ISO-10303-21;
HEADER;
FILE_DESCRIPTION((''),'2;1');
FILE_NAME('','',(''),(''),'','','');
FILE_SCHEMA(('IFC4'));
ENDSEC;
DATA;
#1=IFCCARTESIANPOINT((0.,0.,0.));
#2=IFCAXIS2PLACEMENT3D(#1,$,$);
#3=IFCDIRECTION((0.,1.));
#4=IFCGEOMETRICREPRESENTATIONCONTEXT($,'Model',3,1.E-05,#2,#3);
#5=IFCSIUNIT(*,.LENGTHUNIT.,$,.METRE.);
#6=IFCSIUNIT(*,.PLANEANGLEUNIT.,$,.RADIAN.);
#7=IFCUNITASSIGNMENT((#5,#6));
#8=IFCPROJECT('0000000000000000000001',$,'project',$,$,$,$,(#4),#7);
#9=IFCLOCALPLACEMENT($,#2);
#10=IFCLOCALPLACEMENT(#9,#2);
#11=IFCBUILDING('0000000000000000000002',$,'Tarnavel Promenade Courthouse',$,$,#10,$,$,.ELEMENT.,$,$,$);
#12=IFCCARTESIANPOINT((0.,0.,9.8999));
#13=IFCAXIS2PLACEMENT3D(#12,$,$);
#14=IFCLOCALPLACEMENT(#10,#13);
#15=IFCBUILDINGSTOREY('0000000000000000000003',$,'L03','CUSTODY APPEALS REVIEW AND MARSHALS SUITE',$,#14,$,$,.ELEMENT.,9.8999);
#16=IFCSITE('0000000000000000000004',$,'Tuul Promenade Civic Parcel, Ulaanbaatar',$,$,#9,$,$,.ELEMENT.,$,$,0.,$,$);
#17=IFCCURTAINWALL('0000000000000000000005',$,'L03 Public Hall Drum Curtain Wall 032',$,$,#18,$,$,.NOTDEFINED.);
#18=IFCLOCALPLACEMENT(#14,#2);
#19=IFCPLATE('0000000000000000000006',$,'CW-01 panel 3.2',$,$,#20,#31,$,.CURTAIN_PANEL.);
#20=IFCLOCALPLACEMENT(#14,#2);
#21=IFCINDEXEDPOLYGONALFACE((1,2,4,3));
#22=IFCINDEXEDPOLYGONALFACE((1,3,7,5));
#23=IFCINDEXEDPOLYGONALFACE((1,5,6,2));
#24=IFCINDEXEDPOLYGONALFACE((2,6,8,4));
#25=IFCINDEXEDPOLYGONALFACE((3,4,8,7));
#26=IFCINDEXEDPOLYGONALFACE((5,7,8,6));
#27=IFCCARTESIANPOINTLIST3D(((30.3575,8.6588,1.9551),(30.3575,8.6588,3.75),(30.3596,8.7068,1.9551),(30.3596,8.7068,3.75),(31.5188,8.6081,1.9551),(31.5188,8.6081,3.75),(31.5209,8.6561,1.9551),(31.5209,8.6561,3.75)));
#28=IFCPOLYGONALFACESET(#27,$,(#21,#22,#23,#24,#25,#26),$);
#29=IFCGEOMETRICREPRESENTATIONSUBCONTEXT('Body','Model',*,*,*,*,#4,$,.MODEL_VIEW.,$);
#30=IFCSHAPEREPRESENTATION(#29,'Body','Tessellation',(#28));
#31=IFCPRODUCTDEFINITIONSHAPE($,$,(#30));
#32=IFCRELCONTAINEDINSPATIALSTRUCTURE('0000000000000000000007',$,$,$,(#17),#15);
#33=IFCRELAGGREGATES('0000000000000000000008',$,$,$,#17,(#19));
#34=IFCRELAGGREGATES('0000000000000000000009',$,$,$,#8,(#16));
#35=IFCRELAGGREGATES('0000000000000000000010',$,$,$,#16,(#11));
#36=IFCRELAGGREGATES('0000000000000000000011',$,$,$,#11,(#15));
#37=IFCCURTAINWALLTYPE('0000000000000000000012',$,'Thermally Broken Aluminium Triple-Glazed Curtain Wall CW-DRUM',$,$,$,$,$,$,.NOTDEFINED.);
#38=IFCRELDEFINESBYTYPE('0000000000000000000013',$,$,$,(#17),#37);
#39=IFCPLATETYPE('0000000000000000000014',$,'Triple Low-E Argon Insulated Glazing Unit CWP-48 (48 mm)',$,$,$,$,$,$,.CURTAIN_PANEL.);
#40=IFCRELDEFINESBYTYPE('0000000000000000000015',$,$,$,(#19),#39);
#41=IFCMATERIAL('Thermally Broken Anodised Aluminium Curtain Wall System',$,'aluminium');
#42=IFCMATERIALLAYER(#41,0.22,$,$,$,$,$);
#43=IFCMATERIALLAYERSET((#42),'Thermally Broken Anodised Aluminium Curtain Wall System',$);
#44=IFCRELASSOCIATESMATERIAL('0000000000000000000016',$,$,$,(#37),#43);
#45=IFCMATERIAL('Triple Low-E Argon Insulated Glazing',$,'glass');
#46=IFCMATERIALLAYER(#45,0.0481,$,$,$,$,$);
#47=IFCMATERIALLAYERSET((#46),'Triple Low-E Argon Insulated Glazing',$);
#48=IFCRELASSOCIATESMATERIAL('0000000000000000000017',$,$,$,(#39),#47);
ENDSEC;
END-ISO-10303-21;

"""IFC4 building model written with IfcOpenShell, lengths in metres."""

from ifc_helpers import new_model, si_unit, direction, frame, origin, origin_2d, place, context, subcontext, project, spatial, rectangle, extrude, material, layer, layer_set, type_object, element, aggregate, save


model = new_model("IFC4")

# Units and contexts
model_context = context("Model", 3, precision=1e-05, world=origin(), true_north=direction((0.0, 1.0)))
body_context = subcontext(model_context, "Body", "Model", "MODEL_VIEW")
ifc_project = project(units=[si_unit("LENGTHUNIT", "METRE"), si_unit("PLANEANGLEUNIT", "RADIAN")], contexts=[model_context])

# Site, building, storey
site_placement = place(None, origin())
site = spatial("IfcSite", under=ifc_project, at=site_placement, Name="Tuul Promenade Civic Parcel, Ulaanbaatar", CompositionType="ELEMENT", RefElevation=0.0)
building_placement = place(site_placement, origin())
building = spatial("IfcBuilding", under=site, at=building_placement, Name="Tarnavel Promenade Courthouse", CompositionType="ELEMENT")
storey_placement = place(building_placement, frame((0.0, 0.0, 9.8999)))
storey = spatial("IfcBuildingStorey", under=building, at=storey_placement, Name="L03", Description="CUSTODY APPEALS REVIEW AND MARSHALS SUITE", CompositionType="ELEMENT", Elevation=9.8999)

# Curtain wall
ifc_material_1 = material(Name="Thermally Broken Anodised Aluminium Curtain Wall System", Category="aluminium")
ifc_layer_1 = layer(ifc_material_1, 0.22)
ifc_layer_set_1 = layer_set([ifc_layer_1], Name="Thermally Broken Anodised Aluminium Curtain Wall System")
curtain_wall_type = type_object("IfcCurtainWallType", Name="Thermally Broken Aluminium Triple-Glazed Curtain Wall CW-DRUM", PredefinedType="NOTDEFINED", material=ifc_layer_set_1)
curtain_wall_1_placement = place(storey_placement, origin())
curtain_wall_1 = element("IfcCurtainWall", 1, at=curtain_wall_1_placement, inside=storey, type_object=curtain_wall_type, Name="L03 Public Hall Drum Curtain Wall 032", PredefinedType="NOTDEFINED")

# Plate
ifc_material_2 = material(Name="Triple Low-E Argon Insulated Glazing", Category="glass")
ifc_layer_2 = layer(ifc_material_2, 0.0481)
ifc_layer_set_2 = layer_set([ifc_layer_2], Name="Triple Low-E Argon Insulated Glazing")
plate_type = type_object("IfcPlateType", Name="Triple Low-E Argon Insulated Glazing Unit CWP-48 (48 mm)", PredefinedType="CURTAIN_PANEL", material=ifc_layer_set_2)
plate_1_placement = place(storey_placement, frame((30.9392, 8.6575, 1.9551), z_axis=(0.0, 0.0, 1.0), x_axis=(0.999048, -0.043619, 0.0)))
plate_1 = element("IfcPlate", 2, at=plate_1_placement, type_object=plate_type, Name="CW-01 panel 3.2", PredefinedType="CURTAIN_PANEL", context=body_context, shape_type="SweptSolid", body=[
    extrude(rectangle(XDim=1.1624, YDim=0.0481, at=origin_2d()), origin(), (0.0, 0.0, 1.0), 1.7949),
])
aggregate(curtain_wall_1, [plate_1])

save(model, "model.ifc")
